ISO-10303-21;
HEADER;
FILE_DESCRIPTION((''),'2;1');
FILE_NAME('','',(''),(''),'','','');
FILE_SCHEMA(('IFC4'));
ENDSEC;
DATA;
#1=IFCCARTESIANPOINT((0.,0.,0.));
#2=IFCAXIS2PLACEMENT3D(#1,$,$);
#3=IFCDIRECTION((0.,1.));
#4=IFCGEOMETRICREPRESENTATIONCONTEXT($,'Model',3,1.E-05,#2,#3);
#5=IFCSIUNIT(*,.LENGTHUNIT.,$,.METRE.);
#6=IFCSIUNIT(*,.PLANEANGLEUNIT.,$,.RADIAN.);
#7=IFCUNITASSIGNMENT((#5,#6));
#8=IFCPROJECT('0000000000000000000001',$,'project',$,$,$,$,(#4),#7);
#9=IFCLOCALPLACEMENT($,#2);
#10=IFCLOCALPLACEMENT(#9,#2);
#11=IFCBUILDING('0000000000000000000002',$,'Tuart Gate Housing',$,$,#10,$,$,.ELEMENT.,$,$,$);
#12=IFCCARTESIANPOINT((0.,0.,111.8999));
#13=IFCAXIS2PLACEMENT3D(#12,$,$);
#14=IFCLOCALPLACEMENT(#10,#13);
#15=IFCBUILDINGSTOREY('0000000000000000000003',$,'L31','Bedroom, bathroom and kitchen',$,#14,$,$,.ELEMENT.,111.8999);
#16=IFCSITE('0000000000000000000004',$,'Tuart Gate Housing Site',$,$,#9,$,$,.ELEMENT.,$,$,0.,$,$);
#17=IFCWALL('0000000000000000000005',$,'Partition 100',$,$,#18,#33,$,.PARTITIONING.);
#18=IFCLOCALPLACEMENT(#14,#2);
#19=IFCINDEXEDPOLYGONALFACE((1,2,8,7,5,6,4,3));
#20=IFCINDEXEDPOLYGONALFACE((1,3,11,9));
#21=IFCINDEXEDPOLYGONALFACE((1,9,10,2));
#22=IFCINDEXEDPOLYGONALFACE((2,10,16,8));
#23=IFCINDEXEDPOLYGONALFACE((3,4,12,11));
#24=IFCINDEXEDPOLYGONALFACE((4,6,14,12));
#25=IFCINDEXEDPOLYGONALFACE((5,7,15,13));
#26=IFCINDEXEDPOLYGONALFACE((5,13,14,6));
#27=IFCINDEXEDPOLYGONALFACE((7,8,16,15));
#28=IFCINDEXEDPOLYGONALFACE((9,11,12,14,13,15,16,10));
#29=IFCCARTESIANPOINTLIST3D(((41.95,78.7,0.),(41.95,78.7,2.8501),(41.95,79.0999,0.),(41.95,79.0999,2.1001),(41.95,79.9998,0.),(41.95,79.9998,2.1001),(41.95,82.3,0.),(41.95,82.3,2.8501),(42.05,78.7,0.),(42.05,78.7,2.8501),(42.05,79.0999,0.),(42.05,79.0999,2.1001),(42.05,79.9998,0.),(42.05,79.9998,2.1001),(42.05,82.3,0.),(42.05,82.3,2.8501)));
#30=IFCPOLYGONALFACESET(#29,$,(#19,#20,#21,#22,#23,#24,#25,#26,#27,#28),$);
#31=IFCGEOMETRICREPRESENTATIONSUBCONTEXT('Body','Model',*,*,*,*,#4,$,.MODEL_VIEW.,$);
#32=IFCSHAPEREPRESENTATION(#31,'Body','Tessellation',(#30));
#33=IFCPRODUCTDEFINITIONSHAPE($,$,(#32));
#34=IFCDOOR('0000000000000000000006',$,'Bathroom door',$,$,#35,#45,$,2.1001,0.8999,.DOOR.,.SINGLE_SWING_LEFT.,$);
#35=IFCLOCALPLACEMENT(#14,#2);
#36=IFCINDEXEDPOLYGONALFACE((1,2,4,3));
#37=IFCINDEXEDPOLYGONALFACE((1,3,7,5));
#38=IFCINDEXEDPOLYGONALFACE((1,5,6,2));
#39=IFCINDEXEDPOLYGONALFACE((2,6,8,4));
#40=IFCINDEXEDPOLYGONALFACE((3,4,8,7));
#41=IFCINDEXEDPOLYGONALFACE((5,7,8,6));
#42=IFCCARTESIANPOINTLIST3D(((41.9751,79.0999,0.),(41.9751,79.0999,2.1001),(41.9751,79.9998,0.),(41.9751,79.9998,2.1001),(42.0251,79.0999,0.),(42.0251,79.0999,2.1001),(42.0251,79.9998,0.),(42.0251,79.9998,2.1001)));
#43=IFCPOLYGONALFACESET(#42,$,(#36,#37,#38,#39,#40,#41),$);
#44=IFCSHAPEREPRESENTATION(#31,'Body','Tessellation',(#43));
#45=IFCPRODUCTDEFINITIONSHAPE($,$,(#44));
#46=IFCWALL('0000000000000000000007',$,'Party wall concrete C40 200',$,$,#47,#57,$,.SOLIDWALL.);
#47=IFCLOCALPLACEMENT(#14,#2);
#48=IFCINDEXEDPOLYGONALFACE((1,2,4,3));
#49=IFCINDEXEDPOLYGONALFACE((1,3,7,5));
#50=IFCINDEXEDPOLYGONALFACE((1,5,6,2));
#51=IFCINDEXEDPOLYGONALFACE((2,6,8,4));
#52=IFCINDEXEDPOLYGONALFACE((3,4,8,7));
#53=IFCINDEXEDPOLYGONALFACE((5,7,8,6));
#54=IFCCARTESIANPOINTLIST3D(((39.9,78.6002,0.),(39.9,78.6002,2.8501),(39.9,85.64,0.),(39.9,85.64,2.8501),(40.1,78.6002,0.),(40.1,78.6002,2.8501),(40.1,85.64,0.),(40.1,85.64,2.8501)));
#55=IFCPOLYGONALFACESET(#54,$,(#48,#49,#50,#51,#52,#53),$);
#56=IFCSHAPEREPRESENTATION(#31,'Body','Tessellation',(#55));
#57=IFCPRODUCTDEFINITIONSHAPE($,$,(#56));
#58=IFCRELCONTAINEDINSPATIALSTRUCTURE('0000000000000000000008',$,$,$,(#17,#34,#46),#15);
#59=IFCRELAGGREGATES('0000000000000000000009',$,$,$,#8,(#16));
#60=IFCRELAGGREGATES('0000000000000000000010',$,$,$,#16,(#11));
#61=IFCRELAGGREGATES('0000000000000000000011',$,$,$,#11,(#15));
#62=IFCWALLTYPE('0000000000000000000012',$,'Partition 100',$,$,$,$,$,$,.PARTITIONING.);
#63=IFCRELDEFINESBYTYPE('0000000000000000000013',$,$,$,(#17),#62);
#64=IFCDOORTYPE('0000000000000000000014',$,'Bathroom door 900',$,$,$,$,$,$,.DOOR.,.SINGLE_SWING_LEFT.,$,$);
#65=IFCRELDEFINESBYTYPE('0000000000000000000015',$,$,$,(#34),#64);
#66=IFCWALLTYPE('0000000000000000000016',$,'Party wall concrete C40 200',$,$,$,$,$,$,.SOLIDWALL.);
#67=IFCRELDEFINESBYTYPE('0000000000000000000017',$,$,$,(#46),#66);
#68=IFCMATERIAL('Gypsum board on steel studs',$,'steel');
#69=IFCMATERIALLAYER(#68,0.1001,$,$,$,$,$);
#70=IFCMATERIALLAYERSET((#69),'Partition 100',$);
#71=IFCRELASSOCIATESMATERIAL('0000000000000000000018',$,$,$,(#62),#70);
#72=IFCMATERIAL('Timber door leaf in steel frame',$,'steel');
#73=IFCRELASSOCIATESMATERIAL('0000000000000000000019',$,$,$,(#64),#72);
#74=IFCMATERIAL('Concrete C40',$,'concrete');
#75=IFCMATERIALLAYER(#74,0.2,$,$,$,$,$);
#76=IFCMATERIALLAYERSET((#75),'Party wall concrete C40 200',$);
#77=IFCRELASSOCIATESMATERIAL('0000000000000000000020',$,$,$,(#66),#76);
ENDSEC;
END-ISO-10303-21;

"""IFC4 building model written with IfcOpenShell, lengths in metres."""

from ifc_helpers import new_model, si_unit, direction, frame, frame_2d, origin, place, context, subcontext, project, spatial, rectangle, extrude, material, layer, layer_set, type_object, element, fill, save


model = new_model("IFC4")

# Units and contexts
model_context = context("Model", 3, precision=1e-05, world=origin(), true_north=direction((0.0, 1.0)))
body_context = subcontext(model_context, "Body", "Model", "MODEL_VIEW")
ifc_project = project(units=[si_unit("LENGTHUNIT", "METRE"), si_unit("PLANEANGLEUNIT", "RADIAN")], contexts=[model_context])

# Site, building, storey
site_placement = place(None, origin())
site = spatial("IfcSite", under=ifc_project, at=site_placement, Name="Tuart Gate Housing Site", CompositionType="ELEMENT", RefElevation=0.0)
building_placement = place(site_placement, origin())
building = spatial("IfcBuilding", under=site, at=building_placement, Name="Tuart Gate Housing", CompositionType="ELEMENT")
storey_placement = place(building_placement, frame((0.0, 0.0, 111.8999)))
storey = spatial("IfcBuildingStorey", under=building, at=storey_placement, Name="L31", Description="Bedroom, bathroom and kitchen", CompositionType="ELEMENT", Elevation=111.8999)

# Shared definitions
ifc_material_1 = material(Name="Gypsum board on steel studs", Category="steel")
ifc_layer_1 = layer(ifc_material_1, 0.1001)
ifc_layer_set_1 = layer_set([ifc_layer_1], Name="Partition 100")
wall_type_1 = type_object("IfcWallType", Name="Partition 100", PredefinedType="PARTITIONING", material=ifc_layer_set_1)

# Wall, opening, door
ifc_material_2 = material(Name="Timber door leaf in steel frame", Category="steel")
door_type_1 = type_object("IfcDoorType", Name="Bathroom door 900", OperationType="SINGLE_SWING_LEFT", PredefinedType="DOOR", material=ifc_material_2)
wall_1_placement = place(storey_placement, frame((42.0, 78.7, 0.0), z_axis=(0.0, 0.0, 1.0), x_axis=(0.0, 1.0, 0.0)))
wall_1 = element("IfcWall", 1, at=wall_1_placement, inside=storey, type_object=wall_type_1, Name="Partition 100", PredefinedType="PARTITIONING", context=body_context, shape_type="SweptSolid", body=[
    extrude(rectangle(XDim=3.6001, YDim=0.1001, at=frame_2d((1.8, 0.0))), origin(), (0.0, 0.0, 1.0), 2.8501),
])
opening_1_placement = place(wall_1_placement, frame((0.3999, 0.0, 0.0)))
opening_1 = element("IfcOpeningElement", 2, at=opening_1_placement, cuts=wall_1, PredefinedType="OPENING", context=body_context, shape_type="SweptSolid", body=[
    extrude(rectangle(XDim=0.8999, YDim=2.1001, at=frame_2d((0.45, 1.05))), frame((0.0, 0.0601, 0.0), z_axis=(0.0, -1.0, 0.0), x_axis=(1.0, 0.0, 0.0)), (0.0, 0.0, 1.0), 0.1201),
])
door_1_placement = place(opening_1_placement, origin())
door_1 = element("IfcDoor", 3, at=door_1_placement, inside=storey, type_object=door_type_1, Name="Bathroom door", OperationType="SINGLE_SWING_LEFT", OverallHeight=2.1001, OverallWidth=0.8999, PredefinedType="DOOR", context=body_context, shape_type="SweptSolid", body=[
    extrude(rectangle(XDim=0.8999, YDim=2.1001, at=frame_2d((0.45, 1.05))), frame((0.0, 0.0249, 0.0), z_axis=(0.0, -1.0, 0.0), x_axis=(1.0, 0.0, 0.0)), (0.0, 0.0, 1.0), 0.05),
])
fill(opening_1, door_1)

# Wall
ifc_material_3 = material(Name="Concrete C40", Category="concrete")
ifc_layer_2 = layer(ifc_material_3, 0.2)
ifc_layer_set_2 = layer_set([ifc_layer_2], Name="Party wall concrete C40 200")
wall_type_2 = type_object("IfcWallType", Name="Party wall concrete C40 200", PredefinedType="SOLIDWALL", material=ifc_layer_set_2)
wall_2_placement = place(storey_placement, frame((40.0, 78.6001, 0.0), z_axis=(0.0, 0.0, 1.0), x_axis=(0.0, 1.0, 0.0)))
element("IfcWall", 4, at=wall_2_placement, inside=storey, type_object=wall_type_2, Name="Party wall concrete C40 200", PredefinedType="SOLIDWALL", context=body_context, shape_type="SweptSolid", body=[
    extrude(rectangle(XDim=7.0398, YDim=0.2, at=frame_2d((3.52, 0.0))), origin(), (0.0, 0.0, 1.0), 2.8501),
])

save(model, "model.ifc")
